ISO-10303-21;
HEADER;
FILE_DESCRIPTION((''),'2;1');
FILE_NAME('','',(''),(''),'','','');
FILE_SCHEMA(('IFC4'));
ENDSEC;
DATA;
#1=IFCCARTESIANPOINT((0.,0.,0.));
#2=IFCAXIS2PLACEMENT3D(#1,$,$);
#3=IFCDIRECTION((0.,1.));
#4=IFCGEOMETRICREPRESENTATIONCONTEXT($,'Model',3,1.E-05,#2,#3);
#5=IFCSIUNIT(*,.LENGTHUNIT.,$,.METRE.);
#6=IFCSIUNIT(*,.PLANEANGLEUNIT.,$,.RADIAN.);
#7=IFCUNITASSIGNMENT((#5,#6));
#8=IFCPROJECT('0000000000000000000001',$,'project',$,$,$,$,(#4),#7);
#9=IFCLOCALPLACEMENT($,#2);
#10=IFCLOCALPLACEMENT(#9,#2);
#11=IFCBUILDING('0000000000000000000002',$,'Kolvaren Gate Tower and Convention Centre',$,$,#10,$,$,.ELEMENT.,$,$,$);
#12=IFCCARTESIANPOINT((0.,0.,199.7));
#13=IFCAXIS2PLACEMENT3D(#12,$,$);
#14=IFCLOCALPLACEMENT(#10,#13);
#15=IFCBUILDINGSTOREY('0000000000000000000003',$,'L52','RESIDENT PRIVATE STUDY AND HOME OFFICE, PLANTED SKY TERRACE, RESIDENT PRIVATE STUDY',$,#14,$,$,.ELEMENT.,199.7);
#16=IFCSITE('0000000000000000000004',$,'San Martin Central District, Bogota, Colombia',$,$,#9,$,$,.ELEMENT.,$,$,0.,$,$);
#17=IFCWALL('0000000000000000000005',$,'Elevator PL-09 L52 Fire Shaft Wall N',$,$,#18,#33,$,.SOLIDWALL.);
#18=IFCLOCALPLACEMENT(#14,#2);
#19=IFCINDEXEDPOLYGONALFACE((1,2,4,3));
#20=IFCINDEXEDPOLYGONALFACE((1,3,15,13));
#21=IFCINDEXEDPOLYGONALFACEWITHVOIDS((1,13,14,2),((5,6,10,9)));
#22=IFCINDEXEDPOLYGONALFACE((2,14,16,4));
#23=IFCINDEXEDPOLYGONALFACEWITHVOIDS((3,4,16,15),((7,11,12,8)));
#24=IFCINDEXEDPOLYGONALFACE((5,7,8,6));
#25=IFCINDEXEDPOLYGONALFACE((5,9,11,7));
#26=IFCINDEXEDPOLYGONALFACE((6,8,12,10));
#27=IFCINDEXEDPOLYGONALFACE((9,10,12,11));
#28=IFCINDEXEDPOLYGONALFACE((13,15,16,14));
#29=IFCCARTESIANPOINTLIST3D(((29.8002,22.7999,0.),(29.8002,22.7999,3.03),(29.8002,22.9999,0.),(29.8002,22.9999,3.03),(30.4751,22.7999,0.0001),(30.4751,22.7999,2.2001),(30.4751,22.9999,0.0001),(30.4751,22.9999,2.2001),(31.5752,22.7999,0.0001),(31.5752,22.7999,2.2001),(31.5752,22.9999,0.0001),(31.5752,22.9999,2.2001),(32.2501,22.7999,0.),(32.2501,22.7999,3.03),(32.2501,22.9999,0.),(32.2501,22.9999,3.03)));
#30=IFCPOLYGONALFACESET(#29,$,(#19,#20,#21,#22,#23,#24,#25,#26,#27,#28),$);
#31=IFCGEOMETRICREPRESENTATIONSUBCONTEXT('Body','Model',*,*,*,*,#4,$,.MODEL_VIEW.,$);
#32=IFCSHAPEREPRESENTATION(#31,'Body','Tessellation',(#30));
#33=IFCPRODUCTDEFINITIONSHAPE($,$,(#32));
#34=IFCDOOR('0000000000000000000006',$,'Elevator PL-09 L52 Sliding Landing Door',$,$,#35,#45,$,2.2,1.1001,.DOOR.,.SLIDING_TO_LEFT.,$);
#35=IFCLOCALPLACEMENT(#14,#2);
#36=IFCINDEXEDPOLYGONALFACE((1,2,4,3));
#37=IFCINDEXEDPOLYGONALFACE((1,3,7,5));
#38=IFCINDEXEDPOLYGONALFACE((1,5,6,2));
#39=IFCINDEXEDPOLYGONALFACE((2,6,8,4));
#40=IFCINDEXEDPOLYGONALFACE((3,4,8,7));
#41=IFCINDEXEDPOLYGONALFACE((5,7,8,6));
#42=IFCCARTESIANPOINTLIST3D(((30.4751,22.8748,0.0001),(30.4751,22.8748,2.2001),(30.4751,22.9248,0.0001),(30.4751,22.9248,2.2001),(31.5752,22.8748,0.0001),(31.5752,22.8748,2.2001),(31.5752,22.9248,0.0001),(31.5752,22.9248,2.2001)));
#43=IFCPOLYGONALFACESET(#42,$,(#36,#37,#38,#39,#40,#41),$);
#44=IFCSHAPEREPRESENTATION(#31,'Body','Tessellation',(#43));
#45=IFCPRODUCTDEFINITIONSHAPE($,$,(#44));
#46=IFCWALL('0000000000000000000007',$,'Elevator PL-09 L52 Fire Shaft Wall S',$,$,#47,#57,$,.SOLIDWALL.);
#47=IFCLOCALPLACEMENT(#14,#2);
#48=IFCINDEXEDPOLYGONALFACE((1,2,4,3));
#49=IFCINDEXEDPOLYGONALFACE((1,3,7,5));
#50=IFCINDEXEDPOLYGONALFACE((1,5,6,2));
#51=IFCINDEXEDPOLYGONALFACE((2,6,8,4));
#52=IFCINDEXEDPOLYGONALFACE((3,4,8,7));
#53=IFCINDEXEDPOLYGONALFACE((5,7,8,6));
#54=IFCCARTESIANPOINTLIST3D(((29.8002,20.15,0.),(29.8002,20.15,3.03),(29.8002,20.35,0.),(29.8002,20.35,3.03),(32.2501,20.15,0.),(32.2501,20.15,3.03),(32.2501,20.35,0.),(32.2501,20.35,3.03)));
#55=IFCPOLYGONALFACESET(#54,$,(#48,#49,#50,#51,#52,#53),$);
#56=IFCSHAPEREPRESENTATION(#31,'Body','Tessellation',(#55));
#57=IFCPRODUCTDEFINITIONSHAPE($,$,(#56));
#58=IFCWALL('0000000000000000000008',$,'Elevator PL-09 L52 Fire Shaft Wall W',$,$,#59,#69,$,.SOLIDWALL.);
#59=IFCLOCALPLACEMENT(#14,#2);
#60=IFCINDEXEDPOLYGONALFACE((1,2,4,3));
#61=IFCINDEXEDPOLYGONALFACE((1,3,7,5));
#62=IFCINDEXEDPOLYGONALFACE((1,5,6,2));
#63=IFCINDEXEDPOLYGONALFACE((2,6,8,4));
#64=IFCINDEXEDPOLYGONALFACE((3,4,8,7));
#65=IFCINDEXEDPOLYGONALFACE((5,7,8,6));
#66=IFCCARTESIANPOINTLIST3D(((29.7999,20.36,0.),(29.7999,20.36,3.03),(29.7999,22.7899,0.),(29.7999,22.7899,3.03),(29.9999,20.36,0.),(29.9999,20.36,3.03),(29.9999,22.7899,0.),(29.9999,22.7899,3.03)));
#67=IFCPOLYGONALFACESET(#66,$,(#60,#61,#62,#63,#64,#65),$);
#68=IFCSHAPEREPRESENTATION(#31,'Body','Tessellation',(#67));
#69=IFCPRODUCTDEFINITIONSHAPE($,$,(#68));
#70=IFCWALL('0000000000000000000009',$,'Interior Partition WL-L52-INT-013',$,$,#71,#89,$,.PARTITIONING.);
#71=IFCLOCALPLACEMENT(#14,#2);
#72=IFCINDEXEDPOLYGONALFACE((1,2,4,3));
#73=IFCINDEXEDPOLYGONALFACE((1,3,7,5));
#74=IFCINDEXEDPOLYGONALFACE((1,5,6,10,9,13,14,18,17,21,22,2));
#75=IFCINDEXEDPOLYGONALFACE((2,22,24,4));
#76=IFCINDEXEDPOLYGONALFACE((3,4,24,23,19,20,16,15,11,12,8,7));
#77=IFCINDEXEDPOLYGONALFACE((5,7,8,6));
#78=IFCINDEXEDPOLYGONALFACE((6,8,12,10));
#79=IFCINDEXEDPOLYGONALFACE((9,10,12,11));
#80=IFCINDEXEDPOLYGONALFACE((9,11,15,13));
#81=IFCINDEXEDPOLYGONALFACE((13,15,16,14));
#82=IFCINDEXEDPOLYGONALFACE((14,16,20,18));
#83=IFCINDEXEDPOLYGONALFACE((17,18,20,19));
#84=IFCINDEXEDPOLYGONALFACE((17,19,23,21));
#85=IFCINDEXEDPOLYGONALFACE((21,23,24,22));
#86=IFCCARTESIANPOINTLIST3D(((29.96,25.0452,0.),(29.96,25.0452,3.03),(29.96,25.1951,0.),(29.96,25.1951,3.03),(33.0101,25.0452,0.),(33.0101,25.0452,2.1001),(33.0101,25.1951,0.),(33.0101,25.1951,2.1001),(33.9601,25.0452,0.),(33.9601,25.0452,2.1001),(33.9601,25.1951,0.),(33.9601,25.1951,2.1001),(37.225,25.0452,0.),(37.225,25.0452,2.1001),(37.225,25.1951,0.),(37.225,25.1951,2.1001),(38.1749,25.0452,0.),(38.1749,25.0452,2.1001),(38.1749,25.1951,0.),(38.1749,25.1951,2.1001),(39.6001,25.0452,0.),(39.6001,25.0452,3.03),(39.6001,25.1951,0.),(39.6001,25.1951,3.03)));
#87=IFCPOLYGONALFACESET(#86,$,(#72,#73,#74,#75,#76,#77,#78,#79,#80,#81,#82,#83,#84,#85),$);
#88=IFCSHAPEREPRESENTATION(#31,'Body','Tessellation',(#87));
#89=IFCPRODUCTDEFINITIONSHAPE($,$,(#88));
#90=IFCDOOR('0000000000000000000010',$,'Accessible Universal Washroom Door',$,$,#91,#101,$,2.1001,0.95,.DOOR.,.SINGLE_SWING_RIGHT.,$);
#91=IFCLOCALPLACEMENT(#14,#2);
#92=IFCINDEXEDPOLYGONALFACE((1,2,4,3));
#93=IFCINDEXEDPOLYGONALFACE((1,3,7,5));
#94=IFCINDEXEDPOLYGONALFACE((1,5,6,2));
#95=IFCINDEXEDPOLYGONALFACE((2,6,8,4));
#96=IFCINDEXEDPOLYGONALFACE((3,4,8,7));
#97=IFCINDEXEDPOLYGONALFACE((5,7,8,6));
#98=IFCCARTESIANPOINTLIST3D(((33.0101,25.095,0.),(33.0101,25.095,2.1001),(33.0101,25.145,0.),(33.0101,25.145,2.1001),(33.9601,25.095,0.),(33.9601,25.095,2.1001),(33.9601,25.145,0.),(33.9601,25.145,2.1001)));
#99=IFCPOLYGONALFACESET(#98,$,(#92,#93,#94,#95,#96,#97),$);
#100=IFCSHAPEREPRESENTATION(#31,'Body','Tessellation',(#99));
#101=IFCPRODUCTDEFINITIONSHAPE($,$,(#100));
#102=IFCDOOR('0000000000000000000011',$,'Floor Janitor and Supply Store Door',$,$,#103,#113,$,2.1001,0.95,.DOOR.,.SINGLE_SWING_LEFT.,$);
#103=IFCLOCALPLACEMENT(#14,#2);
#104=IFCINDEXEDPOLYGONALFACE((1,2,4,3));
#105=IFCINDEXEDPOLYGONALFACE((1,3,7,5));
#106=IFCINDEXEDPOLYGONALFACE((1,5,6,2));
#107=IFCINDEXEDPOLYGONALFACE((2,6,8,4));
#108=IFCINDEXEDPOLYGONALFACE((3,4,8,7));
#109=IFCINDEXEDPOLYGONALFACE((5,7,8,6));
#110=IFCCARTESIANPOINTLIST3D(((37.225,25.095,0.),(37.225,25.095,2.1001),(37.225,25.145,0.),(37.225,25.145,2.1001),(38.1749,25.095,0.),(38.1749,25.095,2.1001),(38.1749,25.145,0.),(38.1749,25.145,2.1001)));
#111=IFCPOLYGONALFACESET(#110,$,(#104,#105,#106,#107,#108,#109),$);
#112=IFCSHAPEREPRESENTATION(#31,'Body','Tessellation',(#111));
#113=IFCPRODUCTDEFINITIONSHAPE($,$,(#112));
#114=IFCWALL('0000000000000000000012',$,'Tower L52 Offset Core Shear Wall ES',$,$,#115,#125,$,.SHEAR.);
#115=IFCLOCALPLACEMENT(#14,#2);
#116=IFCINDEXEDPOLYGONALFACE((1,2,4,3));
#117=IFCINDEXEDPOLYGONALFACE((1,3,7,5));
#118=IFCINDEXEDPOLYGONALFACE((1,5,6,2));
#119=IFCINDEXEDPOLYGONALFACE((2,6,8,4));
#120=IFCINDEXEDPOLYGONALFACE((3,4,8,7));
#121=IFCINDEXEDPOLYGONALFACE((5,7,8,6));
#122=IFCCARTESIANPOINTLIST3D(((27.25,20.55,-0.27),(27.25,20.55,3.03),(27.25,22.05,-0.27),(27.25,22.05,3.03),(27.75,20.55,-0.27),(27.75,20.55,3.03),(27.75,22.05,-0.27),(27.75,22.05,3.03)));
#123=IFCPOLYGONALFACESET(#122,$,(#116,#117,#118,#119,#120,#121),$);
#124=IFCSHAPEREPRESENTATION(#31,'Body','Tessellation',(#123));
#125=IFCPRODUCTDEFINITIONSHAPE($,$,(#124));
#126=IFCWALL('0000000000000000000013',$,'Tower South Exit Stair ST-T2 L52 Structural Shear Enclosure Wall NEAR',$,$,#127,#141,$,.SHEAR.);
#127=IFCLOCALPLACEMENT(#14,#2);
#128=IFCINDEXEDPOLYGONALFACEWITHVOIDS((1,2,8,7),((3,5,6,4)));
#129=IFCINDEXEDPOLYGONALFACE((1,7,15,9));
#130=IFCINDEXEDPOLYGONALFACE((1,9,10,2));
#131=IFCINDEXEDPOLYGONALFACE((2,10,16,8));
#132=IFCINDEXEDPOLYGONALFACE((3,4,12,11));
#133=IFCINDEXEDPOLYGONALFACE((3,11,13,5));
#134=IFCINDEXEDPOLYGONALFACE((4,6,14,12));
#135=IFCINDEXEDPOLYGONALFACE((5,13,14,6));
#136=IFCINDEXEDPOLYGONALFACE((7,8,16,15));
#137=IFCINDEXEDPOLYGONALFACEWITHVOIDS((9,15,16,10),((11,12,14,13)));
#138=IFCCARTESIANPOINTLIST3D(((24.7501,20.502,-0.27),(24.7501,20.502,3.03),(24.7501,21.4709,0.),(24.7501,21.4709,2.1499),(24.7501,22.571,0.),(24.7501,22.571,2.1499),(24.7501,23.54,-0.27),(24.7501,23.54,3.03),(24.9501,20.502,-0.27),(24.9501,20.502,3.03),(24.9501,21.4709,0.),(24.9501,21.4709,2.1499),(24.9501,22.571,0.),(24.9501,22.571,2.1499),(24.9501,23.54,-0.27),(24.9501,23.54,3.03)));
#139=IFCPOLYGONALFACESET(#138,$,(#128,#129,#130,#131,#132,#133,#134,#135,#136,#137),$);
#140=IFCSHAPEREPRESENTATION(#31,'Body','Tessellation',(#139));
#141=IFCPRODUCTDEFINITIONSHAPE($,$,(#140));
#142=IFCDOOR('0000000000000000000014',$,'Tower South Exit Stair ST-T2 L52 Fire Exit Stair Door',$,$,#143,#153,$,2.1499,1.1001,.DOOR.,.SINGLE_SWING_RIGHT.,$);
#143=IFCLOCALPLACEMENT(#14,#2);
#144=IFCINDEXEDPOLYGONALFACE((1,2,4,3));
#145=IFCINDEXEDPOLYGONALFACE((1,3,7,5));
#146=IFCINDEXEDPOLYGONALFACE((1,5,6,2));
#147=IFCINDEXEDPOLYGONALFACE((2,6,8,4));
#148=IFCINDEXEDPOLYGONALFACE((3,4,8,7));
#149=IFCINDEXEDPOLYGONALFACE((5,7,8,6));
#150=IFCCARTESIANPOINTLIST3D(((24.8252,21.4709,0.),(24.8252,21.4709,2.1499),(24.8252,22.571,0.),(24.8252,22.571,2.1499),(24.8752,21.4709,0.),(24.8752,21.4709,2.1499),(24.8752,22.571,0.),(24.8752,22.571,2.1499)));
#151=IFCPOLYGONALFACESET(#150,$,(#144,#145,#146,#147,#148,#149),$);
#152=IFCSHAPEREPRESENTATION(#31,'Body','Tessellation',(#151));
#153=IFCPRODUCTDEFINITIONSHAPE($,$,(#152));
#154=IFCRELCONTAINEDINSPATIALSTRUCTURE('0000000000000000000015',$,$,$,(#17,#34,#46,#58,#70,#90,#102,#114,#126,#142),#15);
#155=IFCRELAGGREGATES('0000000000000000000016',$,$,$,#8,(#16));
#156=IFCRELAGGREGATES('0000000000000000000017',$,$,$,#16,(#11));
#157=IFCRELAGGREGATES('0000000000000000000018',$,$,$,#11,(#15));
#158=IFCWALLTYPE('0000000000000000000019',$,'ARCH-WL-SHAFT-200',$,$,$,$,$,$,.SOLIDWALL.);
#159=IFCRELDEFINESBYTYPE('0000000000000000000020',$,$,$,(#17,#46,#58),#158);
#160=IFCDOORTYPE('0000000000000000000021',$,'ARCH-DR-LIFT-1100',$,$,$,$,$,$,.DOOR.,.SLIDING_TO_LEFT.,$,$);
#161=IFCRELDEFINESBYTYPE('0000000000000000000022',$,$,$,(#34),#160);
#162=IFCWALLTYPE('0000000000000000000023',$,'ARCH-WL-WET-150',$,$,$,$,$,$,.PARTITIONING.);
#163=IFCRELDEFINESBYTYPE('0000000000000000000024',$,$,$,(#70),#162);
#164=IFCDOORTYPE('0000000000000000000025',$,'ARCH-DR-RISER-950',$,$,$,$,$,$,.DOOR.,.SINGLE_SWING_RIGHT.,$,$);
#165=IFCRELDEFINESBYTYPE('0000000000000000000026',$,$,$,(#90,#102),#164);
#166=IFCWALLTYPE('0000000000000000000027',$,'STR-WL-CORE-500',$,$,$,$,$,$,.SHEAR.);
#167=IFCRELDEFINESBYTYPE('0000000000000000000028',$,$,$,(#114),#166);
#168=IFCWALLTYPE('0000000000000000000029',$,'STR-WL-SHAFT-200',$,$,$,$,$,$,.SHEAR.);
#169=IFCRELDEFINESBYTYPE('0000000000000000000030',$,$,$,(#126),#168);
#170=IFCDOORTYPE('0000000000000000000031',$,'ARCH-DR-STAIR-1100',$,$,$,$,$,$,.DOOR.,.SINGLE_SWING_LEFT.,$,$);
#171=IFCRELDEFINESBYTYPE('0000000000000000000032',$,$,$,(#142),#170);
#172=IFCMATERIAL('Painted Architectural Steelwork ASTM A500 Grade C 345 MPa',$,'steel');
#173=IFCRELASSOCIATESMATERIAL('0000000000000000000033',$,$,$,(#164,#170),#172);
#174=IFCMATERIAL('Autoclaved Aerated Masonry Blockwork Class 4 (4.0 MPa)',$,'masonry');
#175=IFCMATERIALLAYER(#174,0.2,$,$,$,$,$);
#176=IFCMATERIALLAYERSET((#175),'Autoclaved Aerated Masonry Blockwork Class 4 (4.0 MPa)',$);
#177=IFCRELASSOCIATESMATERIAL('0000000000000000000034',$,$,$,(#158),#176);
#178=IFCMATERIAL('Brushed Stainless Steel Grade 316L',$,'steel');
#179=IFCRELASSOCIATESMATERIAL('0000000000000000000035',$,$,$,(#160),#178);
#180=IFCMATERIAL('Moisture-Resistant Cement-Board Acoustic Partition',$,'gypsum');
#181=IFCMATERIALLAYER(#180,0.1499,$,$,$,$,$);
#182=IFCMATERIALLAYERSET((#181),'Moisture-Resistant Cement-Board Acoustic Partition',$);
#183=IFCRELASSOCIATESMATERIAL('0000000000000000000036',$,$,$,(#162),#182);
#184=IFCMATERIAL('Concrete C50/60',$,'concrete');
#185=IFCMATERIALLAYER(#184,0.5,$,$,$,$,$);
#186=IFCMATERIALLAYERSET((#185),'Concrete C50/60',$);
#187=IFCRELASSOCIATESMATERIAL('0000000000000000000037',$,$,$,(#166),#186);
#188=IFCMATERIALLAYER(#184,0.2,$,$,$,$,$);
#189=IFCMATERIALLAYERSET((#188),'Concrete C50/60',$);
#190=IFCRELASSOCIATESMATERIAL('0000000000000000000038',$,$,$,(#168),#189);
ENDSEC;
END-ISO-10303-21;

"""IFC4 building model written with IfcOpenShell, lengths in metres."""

from ifc_helpers import new_model, si_unit, direction, frame, frame_2d, origin, place, context, subcontext, project, spatial, rectangle, extrude, material, layer, layer_set, type_object, element, fill, save


model = new_model("IFC4")

# Units and contexts
model_context = context("Model", 3, precision=1e-05, world=origin(), true_north=direction((0.0, 1.0)))
body_context = subcontext(model_context, "Body", "Model", "MODEL_VIEW")
ifc_project = project(units=[si_unit("LENGTHUNIT", "METRE"), si_unit("PLANEANGLEUNIT", "RADIAN")], contexts=[model_context])

# Site, building, storey
site_placement = place(None, origin())
site = spatial("IfcSite", under=ifc_project, at=site_placement, Name="San Martin Central District, Bogota, Colombia", CompositionType="ELEMENT", RefElevation=0.0)
building_placement = place(site_placement, origin())
building = spatial("IfcBuilding", under=site, at=building_placement, Name="Kolvaren Gate Tower and Convention Centre", CompositionType="ELEMENT")
storey_placement = place(building_placement, frame((0.0, 0.0, 199.7)))
storey = spatial("IfcBuildingStorey", under=building, at=storey_placement, Name="L52", Description="RESIDENT PRIVATE STUDY AND HOME OFFICE, PLANTED SKY TERRACE, RESIDENT PRIVATE STUDY", CompositionType="ELEMENT", Elevation=199.7)

# Shared definitions
ifc_material_1 = material(Name="Autoclaved Aerated Masonry Blockwork Class 4 (4.0 MPa)", Category="masonry")

# Shared definitions
ifc_material_2 = material(Name="Painted Architectural Steelwork ASTM A500 Grade C 345 MPa", Category="steel")
door_type_1 = type_object("IfcDoorType", Name="ARCH-DR-RISER-950", OperationType="SINGLE_SWING_RIGHT", PredefinedType="DOOR", material=ifc_material_2)

# Shared definitions
ifc_layer_1 = layer(ifc_material_1, 0.2)
ifc_layer_set_1 = layer_set([ifc_layer_1], Name="Autoclaved Aerated Masonry Blockwork Class 4 (4.0 MPa)")
wall_type_1 = type_object("IfcWallType", Name="ARCH-WL-SHAFT-200", PredefinedType="SOLIDWALL", material=ifc_layer_set_1)

# Wall, opening, door
ifc_material_3 = material(Name="Brushed Stainless Steel Grade 316L", Category="steel")
door_type_2 = type_object("IfcDoorType", Name="ARCH-DR-LIFT-1100", OperationType="SLIDING_TO_LEFT", PredefinedType="DOOR", material=ifc_material_3)
wall_1_placement = place(storey_placement, frame((29.8, 22.8999, 0.0), z_axis=(0.0, 0.0, 1.0), x_axis=(1.0, 0.0, 0.0)))
wall_1 = element("IfcWall", 1, at=wall_1_placement, inside=storey, type_object=wall_type_1, Name="Elevator PL-09 L52 Fire Shaft Wall N", PredefinedType="SOLIDWALL", context=body_context, shape_type="SweptSolid", body=[
    extrude(rectangle(XDim=2.45, YDim=0.2, at=frame_2d((1.2251, 0.0))), origin(), (0.0, 0.0, 1.0), 3.03),
])
opening_1_placement = place(wall_1_placement, frame((0.675, 0.0, 0.0)))
opening_1 = element("IfcOpeningElement", 2, at=opening_1_placement, cuts=wall_1, PredefinedType="OPENING", context=body_context, shape_type="SweptSolid", body=[
    extrude(rectangle(XDim=1.1001, YDim=2.2, at=frame_2d((0.55, 1.1001))), frame((0.0, 0.1099, 0.0), z_axis=(0.0, -1.0, 0.0), x_axis=(1.0, 0.0, 0.0)), (0.0, 0.0, 1.0), 0.22),
])
door_1_placement = place(opening_1_placement, origin())
door_1 = element("IfcDoor", 3, at=door_1_placement, inside=storey, type_object=door_type_2, Name="Elevator PL-09 L52 Sliding Landing Door", OperationType="SLIDING_TO_LEFT", OverallHeight=2.2, OverallWidth=1.1001, PredefinedType="DOOR", context=body_context, shape_type="SweptSolid", body=[
    extrude(rectangle(XDim=1.1001, YDim=2.2, at=frame_2d((0.55, 1.1001))), frame((0.0, 0.0249, 0.0), z_axis=(0.0, -1.0, 0.0), x_axis=(1.0, 0.0, 0.0)), (0.0, 0.0, 1.0), 0.05),
])
fill(opening_1, door_1)

# Walls
wall_2_placement = place(storey_placement, frame((29.8, 20.25, 0.0), z_axis=(0.0, 0.0, 1.0), x_axis=(1.0, 0.0, 0.0)))
element("IfcWall", 4, at=wall_2_placement, inside=storey, type_object=wall_type_1, Name="Elevator PL-09 L52 Fire Shaft Wall S", PredefinedType="SOLIDWALL", context=body_context, shape_type="SweptSolid", body=[
    extrude(rectangle(XDim=2.45, YDim=0.2, at=frame_2d((1.2251, 0.0))), origin(), (0.0, 0.0, 1.0), 3.03),
])
wall_3_placement = place(storey_placement, frame((29.8999, 20.3601, 0.0), z_axis=(0.0, 0.0, 1.0), x_axis=(0.0, 1.0, 0.0)))
element("IfcWall", 5, at=wall_3_placement, inside=storey, type_object=wall_type_1, Name="Elevator PL-09 L52 Fire Shaft Wall W", PredefinedType="SOLIDWALL", context=body_context, shape_type="SweptSolid", body=[
    extrude(rectangle(XDim=2.4299, YDim=0.2, at=frame_2d((1.2148, 0.0))), origin(), (0.0, 0.0, 1.0), 3.03),
])

# Wall, openings, doors
ifc_material_4 = material(Name="Moisture-Resistant Cement-Board Acoustic Partition", Category="gypsum")
ifc_layer_2 = layer(ifc_material_4, 0.1499)
ifc_layer_set_2 = layer_set([ifc_layer_2], Name="Moisture-Resistant Cement-Board Acoustic Partition")
wall_type_2 = type_object("IfcWallType", Name="ARCH-WL-WET-150", PredefinedType="PARTITIONING", material=ifc_layer_set_2)
wall_4_placement = place(storey_placement, frame((29.96, 25.1201, 0.0), z_axis=(0.0, 0.0, 1.0), x_axis=(1.0, 0.0, 0.0)))
wall_4 = element("IfcWall", 6, at=wall_4_placement, inside=storey, type_object=wall_type_2, Name="Interior Partition WL-L52-INT-013", PredefinedType="PARTITIONING", context=body_context, shape_type="SweptSolid", body=[
    extrude(rectangle(XDim=9.6401, YDim=0.1499, at=frame_2d((4.8201, 0.0))), origin(), (0.0, 0.0, 1.0), 3.03),
])
opening_2_placement = place(wall_4_placement, frame((3.05, 0.0, 0.0)))
opening_2 = element("IfcOpeningElement", 7, at=opening_2_placement, cuts=wall_4, PredefinedType="OPENING", context=body_context, shape_type="SweptSolid", body=[
    extrude(rectangle(XDim=0.95, YDim=2.1001, at=frame_2d((0.4751, 1.05))), frame((0.0, 0.085, 0.0), z_axis=(0.0, -1.0, 0.0), x_axis=(1.0, 0.0, 0.0)), (0.0, 0.0, 1.0), 0.1699),
])
opening_3_placement = place(wall_4_placement, frame((7.2649, 0.0, 0.0)))
opening_3 = element("IfcOpeningElement", 8, at=opening_3_placement, cuts=wall_4, PredefinedType="OPENING", context=body_context, shape_type="SweptSolid", body=[
    extrude(rectangle(XDim=0.95, YDim=2.1001, at=frame_2d((0.4751, 1.05))), frame((0.0, 0.085, 0.0), z_axis=(0.0, -1.0, 0.0), x_axis=(1.0, 0.0, 0.0)), (0.0, 0.0, 1.0), 0.1699),
])
door_2_placement = place(opening_2_placement, origin())
door_2 = element("IfcDoor", 9, at=door_2_placement, inside=storey, type_object=door_type_1, Name="Accessible Universal Washroom Door", OperationType="SINGLE_SWING_RIGHT", OverallHeight=2.1001, OverallWidth=0.95, PredefinedType="DOOR", context=body_context, shape_type="SweptSolid", body=[
    extrude(rectangle(XDim=0.95, YDim=2.1001, at=frame_2d((0.4751, 1.05))), frame((0.0, 0.0249, 0.0), z_axis=(0.0, -1.0, 0.0), x_axis=(1.0, 0.0, 0.0)), (0.0, 0.0, 1.0), 0.05),
])
fill(opening_2, door_2)
door_3_placement = place(opening_3_placement, origin())
door_3 = element("IfcDoor", 10, at=door_3_placement, inside=storey, type_object=door_type_1, Name="Floor Janitor and Supply Store Door", OperationType="SINGLE_SWING_LEFT", OverallHeight=2.1001, OverallWidth=0.95, PredefinedType="DOOR", context=body_context, shape_type="SweptSolid", body=[
    extrude(rectangle(XDim=0.95, YDim=2.1001, at=frame_2d((0.4751, 1.05))), frame((0.0, 0.0249, 0.0), z_axis=(0.0, -1.0, 0.0), x_axis=(1.0, 0.0, 0.0)), (0.0, 0.0, 1.0), 0.05),
])
fill(opening_3, door_3)

# Wall
ifc_material_5 = material(Name="Concrete C50/60", Category="concrete")
ifc_layer_3 = layer(ifc_material_5, 0.5)
ifc_layer_set_3 = layer_set([ifc_layer_3], Name="Concrete C50/60")
wall_type_3 = type_object("IfcWallType", Name="STR-WL-CORE-500", PredefinedType="SHEAR", material=ifc_layer_set_3)
wall_5_placement = place(storey_placement, frame((27.5, 20.55, -0.27), z_axis=(0.0, 0.0, 1.0), x_axis=(0.0, 1.0, 0.0)))
element("IfcWall", 11, at=wall_5_placement, inside=storey, type_object=wall_type_3, Name="Tower L52 Offset Core Shear Wall ES", PredefinedType="SHEAR", context=body_context, shape_type="SweptSolid", body=[
    extrude(rectangle(XDim=1.5, YDim=0.5, at=frame_2d((0.75, 0.0))), origin(), (0.0, 0.0, 1.0), 3.3),
])

# Wall, opening, door
ifc_layer_4 = layer(ifc_material_5, 0.2)
ifc_layer_set_4 = layer_set([ifc_layer_4], Name="Concrete C50/60")
wall_type_4 = type_object("IfcWallType", Name="STR-WL-SHAFT-200", PredefinedType="SHEAR", material=ifc_layer_set_4)
wall_6_placement = place(storey_placement, frame((24.8501, 20.502, -0.27), z_axis=(0.0, 0.0, 1.0), x_axis=(0.0, 1.0, 0.0)))
wall_6 = element("IfcWall", 12, at=wall_6_placement, inside=storey, type_object=wall_type_4, Name="Tower South Exit Stair ST-T2 L52 Structural Shear Enclosure Wall NEAR", PredefinedType="SHEAR", context=body_context, shape_type="SweptSolid", body=[
    extrude(rectangle(XDim=3.0381, YDim=0.2, at=frame_2d((1.519, 0.0))), origin(), (0.0, 0.0, 1.0), 3.3),
])
opening_4_placement = place(wall_6_placement, frame((0.969, 0.0, 0.27)))
opening_4 = element("IfcOpeningElement", 13, at=opening_4_placement, cuts=wall_6, PredefinedType="OPENING", context=body_context, shape_type="SweptSolid", body=[
    extrude(rectangle(XDim=1.1001, YDim=2.1499, at=frame_2d((0.55, 1.075))), frame((0.0, 0.1099, 0.0), z_axis=(0.0, -1.0, 0.0), x_axis=(1.0, 0.0, 0.0)), (0.0, 0.0, 1.0), 0.22),
])
door_type_3 = type_object("IfcDoorType", Name="ARCH-DR-STAIR-1100", OperationType="SINGLE_SWING_LEFT", PredefinedType="DOOR", material=ifc_material_2)
door_4_placement = place(opening_4_placement, origin())
door_4 = element("IfcDoor", 14, at=door_4_placement, inside=storey, type_object=door_type_3, Name="Tower South Exit Stair ST-T2 L52 Fire Exit Stair Door", OperationType="SINGLE_SWING_RIGHT", OverallHeight=2.1499, OverallWidth=1.1001, PredefinedType="DOOR", context=body_context, shape_type="SweptSolid", body=[
    extrude(rectangle(XDim=1.1001, YDim=2.1499, at=frame_2d((0.55, 1.075))), frame((0.0, 0.0249, 0.0), z_axis=(0.0, -1.0, 0.0), x_axis=(1.0, 0.0, 0.0)), (0.0, 0.0, 1.0), 0.05),
])
fill(opening_4, door_4)

save(model, "model.ifc")
